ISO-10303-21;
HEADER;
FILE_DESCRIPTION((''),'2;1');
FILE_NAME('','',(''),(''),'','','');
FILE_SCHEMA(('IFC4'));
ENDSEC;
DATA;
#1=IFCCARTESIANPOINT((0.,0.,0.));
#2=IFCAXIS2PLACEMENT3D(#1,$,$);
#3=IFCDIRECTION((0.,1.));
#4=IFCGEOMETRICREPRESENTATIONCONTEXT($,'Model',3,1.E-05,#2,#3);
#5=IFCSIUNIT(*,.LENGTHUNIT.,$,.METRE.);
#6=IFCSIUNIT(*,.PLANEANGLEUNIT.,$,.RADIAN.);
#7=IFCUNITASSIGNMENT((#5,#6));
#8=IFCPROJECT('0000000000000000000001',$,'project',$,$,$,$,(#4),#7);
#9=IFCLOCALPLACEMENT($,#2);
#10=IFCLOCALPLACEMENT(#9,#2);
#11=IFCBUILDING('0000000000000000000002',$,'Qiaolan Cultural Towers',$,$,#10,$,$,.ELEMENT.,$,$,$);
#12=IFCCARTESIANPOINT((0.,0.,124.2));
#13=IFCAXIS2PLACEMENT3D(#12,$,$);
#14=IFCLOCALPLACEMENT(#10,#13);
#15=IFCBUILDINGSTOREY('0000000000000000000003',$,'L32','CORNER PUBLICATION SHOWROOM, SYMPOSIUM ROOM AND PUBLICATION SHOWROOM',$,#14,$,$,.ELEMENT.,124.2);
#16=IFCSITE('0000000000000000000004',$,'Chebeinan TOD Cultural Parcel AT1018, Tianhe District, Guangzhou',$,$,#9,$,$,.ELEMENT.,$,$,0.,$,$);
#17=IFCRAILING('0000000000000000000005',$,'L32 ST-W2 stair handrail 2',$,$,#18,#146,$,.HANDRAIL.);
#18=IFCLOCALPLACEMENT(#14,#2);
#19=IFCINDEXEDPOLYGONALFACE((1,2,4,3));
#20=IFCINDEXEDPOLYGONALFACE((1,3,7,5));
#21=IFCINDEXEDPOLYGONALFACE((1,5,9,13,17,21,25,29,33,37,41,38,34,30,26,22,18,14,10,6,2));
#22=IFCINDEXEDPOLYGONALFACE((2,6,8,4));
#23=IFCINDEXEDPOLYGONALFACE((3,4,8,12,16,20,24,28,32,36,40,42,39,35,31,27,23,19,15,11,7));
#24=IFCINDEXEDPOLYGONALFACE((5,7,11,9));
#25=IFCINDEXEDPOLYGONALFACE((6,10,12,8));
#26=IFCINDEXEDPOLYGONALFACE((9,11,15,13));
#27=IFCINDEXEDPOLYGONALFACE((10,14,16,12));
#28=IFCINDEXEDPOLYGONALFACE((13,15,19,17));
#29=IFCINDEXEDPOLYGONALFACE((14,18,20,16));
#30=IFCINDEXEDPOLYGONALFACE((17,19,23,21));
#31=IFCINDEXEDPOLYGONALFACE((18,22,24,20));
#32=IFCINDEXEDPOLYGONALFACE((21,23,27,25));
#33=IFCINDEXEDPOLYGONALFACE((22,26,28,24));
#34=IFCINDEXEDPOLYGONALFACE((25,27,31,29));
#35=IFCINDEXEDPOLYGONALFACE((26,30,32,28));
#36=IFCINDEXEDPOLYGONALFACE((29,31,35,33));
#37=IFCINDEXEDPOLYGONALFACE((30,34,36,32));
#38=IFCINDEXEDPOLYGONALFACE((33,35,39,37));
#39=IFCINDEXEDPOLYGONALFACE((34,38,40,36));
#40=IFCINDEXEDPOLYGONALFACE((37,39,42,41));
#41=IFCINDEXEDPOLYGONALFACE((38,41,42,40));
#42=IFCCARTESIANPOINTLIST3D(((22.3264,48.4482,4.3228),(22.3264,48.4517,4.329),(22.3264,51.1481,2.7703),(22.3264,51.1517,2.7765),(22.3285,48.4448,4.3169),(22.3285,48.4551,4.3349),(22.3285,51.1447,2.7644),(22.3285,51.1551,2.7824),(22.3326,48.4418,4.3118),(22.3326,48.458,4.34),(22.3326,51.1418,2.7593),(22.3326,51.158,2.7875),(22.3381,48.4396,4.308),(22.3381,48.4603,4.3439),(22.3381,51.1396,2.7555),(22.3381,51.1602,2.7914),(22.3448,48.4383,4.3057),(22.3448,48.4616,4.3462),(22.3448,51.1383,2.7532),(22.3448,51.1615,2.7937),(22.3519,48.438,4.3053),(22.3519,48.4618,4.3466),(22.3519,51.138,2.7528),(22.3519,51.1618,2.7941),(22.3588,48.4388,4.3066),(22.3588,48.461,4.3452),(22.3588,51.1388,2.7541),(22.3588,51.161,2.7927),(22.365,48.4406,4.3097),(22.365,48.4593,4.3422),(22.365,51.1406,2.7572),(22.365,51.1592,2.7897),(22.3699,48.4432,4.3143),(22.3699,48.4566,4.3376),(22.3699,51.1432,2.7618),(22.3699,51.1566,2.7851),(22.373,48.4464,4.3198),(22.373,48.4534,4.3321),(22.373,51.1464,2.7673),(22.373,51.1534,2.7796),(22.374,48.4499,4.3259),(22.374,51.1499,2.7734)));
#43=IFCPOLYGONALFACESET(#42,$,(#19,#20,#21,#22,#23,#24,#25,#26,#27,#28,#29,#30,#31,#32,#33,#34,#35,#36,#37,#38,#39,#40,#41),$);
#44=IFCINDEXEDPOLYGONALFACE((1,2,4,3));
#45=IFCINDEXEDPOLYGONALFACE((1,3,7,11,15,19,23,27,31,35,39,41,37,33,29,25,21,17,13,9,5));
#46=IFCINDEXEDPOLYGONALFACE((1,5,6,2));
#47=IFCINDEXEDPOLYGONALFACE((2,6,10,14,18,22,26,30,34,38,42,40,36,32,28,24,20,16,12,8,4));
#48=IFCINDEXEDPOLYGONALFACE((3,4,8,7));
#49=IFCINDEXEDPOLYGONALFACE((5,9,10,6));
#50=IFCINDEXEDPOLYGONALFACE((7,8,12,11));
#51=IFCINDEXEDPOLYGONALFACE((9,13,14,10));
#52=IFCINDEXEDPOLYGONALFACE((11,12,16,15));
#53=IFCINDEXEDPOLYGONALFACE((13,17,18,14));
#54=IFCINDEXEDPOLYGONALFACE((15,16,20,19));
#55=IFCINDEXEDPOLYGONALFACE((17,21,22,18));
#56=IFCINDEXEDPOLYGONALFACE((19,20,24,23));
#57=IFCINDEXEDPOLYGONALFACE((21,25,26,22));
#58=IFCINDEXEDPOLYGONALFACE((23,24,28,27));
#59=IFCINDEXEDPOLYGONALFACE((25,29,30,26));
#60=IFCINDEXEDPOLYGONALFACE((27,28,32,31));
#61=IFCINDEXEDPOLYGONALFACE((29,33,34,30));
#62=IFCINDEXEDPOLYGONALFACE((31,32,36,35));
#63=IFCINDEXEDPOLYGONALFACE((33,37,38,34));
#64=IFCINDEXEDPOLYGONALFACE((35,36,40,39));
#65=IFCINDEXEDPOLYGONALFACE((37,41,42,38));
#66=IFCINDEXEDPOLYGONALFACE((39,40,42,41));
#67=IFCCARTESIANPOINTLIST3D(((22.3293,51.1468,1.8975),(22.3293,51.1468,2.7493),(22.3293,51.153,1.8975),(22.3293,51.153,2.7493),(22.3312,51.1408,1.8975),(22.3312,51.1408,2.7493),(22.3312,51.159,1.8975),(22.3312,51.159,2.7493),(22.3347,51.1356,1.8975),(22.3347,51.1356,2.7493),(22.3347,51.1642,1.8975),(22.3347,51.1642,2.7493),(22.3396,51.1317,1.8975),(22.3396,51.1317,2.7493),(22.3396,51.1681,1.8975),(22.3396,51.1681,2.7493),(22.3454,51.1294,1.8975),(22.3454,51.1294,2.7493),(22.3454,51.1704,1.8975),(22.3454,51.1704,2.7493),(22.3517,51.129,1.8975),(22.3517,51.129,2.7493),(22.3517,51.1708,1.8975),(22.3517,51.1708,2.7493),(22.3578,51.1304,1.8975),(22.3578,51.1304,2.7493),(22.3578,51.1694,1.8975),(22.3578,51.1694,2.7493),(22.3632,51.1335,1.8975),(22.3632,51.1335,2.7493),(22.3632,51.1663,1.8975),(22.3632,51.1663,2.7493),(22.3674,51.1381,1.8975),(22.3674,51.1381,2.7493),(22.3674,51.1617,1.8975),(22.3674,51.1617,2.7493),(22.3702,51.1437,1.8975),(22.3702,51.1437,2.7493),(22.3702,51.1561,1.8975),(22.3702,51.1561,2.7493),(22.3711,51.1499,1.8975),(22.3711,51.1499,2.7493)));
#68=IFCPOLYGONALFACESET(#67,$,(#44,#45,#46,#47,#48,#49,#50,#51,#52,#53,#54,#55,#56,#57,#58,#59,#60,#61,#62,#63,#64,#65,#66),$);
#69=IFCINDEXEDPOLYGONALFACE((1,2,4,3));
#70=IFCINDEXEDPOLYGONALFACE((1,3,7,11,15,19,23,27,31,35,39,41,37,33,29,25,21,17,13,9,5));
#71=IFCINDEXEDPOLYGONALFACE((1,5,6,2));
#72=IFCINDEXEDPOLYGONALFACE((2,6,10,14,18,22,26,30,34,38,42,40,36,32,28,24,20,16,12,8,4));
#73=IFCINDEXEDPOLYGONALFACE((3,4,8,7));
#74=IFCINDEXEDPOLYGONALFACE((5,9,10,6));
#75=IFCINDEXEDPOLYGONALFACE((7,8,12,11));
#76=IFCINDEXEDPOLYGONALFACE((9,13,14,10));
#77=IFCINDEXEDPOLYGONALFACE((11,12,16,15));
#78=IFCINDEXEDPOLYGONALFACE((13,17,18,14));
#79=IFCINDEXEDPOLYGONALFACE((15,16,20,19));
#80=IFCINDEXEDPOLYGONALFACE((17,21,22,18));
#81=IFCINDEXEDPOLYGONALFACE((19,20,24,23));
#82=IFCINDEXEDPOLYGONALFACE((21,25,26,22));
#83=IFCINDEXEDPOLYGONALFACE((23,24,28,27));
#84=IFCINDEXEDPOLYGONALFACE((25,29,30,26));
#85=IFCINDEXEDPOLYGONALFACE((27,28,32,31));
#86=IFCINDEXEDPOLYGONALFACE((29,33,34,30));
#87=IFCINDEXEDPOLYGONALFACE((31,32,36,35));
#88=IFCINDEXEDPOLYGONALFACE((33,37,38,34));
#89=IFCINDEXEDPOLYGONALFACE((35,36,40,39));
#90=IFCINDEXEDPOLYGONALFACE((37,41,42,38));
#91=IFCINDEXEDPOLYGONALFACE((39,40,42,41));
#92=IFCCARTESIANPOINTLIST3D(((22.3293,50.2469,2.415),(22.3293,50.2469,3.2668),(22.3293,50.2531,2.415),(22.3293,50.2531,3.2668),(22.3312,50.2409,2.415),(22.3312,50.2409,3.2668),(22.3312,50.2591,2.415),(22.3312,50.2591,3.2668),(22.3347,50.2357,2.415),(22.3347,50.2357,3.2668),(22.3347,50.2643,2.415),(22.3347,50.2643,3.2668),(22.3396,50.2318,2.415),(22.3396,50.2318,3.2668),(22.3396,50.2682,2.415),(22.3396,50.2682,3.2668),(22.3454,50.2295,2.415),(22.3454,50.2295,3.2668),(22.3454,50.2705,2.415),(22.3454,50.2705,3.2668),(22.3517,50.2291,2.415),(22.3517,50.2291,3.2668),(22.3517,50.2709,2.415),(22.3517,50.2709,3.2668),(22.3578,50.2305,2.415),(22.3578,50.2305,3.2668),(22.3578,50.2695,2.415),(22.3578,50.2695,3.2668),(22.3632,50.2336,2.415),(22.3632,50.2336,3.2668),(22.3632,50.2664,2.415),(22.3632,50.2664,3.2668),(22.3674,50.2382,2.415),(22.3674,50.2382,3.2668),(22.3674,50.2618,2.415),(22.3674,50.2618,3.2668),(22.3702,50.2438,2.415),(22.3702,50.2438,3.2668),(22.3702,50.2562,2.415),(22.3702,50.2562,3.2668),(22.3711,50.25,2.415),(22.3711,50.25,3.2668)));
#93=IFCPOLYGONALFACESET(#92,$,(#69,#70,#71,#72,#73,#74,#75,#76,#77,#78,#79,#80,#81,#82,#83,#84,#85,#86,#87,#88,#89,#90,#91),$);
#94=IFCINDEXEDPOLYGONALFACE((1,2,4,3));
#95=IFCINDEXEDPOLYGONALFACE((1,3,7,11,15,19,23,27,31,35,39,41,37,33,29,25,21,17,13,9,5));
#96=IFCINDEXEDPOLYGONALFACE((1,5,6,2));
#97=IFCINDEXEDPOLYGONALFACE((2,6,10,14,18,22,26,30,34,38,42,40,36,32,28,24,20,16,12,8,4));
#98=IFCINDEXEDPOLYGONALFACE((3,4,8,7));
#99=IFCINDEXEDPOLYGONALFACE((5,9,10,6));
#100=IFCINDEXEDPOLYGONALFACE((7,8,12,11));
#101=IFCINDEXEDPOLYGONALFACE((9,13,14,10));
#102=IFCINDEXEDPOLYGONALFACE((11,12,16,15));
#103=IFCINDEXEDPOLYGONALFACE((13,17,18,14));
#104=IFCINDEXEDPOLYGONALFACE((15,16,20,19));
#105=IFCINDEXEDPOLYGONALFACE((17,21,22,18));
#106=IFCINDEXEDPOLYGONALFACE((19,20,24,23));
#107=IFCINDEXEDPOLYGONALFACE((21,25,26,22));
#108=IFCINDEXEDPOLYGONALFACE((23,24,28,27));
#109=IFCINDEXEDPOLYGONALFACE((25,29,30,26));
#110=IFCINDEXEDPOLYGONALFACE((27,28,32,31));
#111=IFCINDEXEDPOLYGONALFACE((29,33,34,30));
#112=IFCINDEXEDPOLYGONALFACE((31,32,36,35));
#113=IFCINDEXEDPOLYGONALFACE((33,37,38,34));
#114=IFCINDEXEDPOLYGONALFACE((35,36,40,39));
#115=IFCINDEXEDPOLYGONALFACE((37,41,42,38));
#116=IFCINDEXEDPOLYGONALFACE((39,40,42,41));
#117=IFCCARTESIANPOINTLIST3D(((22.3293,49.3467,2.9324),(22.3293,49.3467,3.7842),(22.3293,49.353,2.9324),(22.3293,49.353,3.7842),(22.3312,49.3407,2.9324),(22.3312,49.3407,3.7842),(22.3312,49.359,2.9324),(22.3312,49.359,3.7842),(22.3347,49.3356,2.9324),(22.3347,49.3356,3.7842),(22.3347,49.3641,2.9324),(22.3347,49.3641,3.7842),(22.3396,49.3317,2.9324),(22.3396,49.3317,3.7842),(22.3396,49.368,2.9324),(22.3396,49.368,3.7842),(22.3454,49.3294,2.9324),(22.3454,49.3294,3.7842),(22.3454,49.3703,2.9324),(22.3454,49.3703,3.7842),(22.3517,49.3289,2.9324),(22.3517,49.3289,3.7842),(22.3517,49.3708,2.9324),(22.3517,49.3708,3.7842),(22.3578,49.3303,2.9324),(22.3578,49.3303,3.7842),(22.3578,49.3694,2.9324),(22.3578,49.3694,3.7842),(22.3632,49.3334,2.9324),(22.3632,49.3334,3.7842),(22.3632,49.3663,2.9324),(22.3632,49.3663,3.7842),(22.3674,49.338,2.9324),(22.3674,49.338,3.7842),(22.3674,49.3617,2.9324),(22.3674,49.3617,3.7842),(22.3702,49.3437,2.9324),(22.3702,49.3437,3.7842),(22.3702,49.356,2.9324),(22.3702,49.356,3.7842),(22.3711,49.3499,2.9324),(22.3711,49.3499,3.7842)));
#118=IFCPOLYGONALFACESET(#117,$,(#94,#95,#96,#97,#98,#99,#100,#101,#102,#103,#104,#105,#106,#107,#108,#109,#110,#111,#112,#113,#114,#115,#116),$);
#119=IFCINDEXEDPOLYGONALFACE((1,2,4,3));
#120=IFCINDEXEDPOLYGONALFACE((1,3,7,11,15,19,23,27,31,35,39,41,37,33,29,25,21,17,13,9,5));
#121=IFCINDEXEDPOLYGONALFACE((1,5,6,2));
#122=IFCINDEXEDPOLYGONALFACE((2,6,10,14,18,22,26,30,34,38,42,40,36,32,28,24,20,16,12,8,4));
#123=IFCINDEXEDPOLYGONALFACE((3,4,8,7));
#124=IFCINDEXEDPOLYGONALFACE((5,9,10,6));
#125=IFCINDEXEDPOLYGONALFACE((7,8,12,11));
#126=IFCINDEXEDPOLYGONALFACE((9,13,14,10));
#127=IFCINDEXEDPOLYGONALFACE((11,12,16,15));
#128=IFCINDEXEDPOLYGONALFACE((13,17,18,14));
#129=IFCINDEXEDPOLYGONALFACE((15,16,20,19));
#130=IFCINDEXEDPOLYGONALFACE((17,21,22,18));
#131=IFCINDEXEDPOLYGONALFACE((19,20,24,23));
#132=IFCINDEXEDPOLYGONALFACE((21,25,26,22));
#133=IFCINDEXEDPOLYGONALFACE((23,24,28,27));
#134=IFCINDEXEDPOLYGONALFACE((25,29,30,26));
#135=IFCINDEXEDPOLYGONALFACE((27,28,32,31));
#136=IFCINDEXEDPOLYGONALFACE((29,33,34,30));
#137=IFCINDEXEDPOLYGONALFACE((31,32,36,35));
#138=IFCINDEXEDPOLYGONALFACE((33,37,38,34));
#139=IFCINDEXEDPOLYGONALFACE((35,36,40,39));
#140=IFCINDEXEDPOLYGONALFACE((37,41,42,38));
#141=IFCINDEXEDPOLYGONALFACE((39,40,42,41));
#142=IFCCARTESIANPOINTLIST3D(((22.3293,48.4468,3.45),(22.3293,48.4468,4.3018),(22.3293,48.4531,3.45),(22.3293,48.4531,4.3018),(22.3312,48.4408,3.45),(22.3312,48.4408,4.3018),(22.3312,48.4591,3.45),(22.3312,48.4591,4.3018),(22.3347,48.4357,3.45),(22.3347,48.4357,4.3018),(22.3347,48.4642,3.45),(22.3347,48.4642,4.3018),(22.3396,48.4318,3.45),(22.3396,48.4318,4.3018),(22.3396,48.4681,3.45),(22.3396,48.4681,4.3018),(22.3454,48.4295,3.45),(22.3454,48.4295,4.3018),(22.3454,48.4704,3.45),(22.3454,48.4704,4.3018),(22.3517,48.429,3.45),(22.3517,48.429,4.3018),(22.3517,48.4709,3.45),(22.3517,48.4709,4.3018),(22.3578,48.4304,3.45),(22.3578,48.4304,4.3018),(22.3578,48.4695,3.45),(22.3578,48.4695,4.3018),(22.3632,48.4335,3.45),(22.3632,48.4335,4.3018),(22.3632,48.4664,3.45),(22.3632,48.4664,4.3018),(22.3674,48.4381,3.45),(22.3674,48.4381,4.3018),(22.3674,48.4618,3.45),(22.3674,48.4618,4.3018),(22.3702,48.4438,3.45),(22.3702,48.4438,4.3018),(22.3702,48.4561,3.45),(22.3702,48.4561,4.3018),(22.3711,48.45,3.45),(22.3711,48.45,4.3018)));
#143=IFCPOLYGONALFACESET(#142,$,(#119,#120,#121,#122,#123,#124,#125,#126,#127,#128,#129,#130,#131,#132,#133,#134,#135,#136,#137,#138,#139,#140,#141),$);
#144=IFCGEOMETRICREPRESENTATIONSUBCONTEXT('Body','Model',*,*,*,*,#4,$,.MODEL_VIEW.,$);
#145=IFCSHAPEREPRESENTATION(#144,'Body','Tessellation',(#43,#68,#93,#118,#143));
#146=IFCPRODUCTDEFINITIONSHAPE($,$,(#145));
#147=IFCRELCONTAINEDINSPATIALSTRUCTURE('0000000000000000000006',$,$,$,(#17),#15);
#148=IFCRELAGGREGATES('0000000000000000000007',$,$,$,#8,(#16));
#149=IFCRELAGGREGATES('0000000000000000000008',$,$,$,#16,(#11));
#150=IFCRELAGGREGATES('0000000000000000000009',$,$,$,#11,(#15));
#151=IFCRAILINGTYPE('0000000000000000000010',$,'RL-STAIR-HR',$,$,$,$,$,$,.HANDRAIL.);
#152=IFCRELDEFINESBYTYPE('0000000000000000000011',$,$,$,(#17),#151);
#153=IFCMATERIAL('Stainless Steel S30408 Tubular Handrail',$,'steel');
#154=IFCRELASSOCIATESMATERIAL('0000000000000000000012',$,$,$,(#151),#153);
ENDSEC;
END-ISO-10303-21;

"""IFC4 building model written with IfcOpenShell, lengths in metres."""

from ifc_helpers import new_model, si_unit, direction, frame, origin, origin_2d, place, context, subcontext, project, spatial, circle, extrude, material, type_object, element, save


model = new_model("IFC4")

# Units and contexts
model_context = context("Model", 3, precision=1e-05, world=origin(), true_north=direction((0.0, 1.0)))
body_context = subcontext(model_context, "Body", "Model", "MODEL_VIEW")
ifc_project = project(units=[si_unit("LENGTHUNIT", "METRE"), si_unit("PLANEANGLEUNIT", "RADIAN")], contexts=[model_context])

# Site, building, storey
site_placement = place(None, origin())
site = spatial("IfcSite", under=ifc_project, at=site_placement, Name="Chebeinan TOD Cultural Parcel AT1018, Tianhe District, Guangzhou", CompositionType="ELEMENT", RefElevation=0.0)
building_placement = place(site_placement, origin())
building = spatial("IfcBuilding", under=site, at=building_placement, Name="Qiaolan Cultural Towers", CompositionType="ELEMENT")
storey_placement = place(building_placement, frame((0.0, 0.0, 124.2)))
storey = spatial("IfcBuildingStorey", under=building, at=storey_placement, Name="L32", Description="CORNER PUBLICATION SHOWROOM, SYMPOSIUM ROOM AND PUBLICATION SHOWROOM", CompositionType="ELEMENT", Elevation=124.2)

# Railing
ifc_material_1 = material(Name="Stainless Steel S30408 Tubular Handrail", Category="steel")
railing_type_1 = type_object("IfcRailingType", Name="RL-STAIR-HR", PredefinedType="HANDRAIL", material=ifc_material_1)
railing_1_placement = place(storey_placement, frame((22.3501, 51.1499, 1.8975)))
element("IfcRailing", 1, at=railing_1_placement, inside=storey, type_object=railing_type_1, Name="L32 ST-W2 stair handrail 2", PredefinedType="HANDRAIL", context=body_context, shape_type="SweptSolid", body=[
    extrude(circle(Radius=0.0239, at=origin_2d()), frame((0.0, 0.0, 0.876), z_axis=(0.0, -0.866904, 0.498476), x_axis=(1.0, 0.0, 0.0)), (0.0, 0.0, 1.0), 3.1145),
    extrude(circle(Radius=0.021, at=origin_2d()), origin(), (0.0, 0.0, 1.0), 0.8518),
    extrude(circle(Radius=0.021, at=origin_2d()), frame((0.0, -0.8999, 0.5176)), (0.0, 0.0, 1.0), 0.8518),
    extrude(circle(Radius=0.021, at=origin_2d()), frame((0.0, -1.8, 1.0349)), (0.0, 0.0, 1.0), 0.8518),
    extrude(circle(Radius=0.021, at=origin_2d()), frame((0.0, -2.7, 1.5525)), (0.0, 0.0, 1.0), 0.8518),
])

save(model, "model.ifc")
